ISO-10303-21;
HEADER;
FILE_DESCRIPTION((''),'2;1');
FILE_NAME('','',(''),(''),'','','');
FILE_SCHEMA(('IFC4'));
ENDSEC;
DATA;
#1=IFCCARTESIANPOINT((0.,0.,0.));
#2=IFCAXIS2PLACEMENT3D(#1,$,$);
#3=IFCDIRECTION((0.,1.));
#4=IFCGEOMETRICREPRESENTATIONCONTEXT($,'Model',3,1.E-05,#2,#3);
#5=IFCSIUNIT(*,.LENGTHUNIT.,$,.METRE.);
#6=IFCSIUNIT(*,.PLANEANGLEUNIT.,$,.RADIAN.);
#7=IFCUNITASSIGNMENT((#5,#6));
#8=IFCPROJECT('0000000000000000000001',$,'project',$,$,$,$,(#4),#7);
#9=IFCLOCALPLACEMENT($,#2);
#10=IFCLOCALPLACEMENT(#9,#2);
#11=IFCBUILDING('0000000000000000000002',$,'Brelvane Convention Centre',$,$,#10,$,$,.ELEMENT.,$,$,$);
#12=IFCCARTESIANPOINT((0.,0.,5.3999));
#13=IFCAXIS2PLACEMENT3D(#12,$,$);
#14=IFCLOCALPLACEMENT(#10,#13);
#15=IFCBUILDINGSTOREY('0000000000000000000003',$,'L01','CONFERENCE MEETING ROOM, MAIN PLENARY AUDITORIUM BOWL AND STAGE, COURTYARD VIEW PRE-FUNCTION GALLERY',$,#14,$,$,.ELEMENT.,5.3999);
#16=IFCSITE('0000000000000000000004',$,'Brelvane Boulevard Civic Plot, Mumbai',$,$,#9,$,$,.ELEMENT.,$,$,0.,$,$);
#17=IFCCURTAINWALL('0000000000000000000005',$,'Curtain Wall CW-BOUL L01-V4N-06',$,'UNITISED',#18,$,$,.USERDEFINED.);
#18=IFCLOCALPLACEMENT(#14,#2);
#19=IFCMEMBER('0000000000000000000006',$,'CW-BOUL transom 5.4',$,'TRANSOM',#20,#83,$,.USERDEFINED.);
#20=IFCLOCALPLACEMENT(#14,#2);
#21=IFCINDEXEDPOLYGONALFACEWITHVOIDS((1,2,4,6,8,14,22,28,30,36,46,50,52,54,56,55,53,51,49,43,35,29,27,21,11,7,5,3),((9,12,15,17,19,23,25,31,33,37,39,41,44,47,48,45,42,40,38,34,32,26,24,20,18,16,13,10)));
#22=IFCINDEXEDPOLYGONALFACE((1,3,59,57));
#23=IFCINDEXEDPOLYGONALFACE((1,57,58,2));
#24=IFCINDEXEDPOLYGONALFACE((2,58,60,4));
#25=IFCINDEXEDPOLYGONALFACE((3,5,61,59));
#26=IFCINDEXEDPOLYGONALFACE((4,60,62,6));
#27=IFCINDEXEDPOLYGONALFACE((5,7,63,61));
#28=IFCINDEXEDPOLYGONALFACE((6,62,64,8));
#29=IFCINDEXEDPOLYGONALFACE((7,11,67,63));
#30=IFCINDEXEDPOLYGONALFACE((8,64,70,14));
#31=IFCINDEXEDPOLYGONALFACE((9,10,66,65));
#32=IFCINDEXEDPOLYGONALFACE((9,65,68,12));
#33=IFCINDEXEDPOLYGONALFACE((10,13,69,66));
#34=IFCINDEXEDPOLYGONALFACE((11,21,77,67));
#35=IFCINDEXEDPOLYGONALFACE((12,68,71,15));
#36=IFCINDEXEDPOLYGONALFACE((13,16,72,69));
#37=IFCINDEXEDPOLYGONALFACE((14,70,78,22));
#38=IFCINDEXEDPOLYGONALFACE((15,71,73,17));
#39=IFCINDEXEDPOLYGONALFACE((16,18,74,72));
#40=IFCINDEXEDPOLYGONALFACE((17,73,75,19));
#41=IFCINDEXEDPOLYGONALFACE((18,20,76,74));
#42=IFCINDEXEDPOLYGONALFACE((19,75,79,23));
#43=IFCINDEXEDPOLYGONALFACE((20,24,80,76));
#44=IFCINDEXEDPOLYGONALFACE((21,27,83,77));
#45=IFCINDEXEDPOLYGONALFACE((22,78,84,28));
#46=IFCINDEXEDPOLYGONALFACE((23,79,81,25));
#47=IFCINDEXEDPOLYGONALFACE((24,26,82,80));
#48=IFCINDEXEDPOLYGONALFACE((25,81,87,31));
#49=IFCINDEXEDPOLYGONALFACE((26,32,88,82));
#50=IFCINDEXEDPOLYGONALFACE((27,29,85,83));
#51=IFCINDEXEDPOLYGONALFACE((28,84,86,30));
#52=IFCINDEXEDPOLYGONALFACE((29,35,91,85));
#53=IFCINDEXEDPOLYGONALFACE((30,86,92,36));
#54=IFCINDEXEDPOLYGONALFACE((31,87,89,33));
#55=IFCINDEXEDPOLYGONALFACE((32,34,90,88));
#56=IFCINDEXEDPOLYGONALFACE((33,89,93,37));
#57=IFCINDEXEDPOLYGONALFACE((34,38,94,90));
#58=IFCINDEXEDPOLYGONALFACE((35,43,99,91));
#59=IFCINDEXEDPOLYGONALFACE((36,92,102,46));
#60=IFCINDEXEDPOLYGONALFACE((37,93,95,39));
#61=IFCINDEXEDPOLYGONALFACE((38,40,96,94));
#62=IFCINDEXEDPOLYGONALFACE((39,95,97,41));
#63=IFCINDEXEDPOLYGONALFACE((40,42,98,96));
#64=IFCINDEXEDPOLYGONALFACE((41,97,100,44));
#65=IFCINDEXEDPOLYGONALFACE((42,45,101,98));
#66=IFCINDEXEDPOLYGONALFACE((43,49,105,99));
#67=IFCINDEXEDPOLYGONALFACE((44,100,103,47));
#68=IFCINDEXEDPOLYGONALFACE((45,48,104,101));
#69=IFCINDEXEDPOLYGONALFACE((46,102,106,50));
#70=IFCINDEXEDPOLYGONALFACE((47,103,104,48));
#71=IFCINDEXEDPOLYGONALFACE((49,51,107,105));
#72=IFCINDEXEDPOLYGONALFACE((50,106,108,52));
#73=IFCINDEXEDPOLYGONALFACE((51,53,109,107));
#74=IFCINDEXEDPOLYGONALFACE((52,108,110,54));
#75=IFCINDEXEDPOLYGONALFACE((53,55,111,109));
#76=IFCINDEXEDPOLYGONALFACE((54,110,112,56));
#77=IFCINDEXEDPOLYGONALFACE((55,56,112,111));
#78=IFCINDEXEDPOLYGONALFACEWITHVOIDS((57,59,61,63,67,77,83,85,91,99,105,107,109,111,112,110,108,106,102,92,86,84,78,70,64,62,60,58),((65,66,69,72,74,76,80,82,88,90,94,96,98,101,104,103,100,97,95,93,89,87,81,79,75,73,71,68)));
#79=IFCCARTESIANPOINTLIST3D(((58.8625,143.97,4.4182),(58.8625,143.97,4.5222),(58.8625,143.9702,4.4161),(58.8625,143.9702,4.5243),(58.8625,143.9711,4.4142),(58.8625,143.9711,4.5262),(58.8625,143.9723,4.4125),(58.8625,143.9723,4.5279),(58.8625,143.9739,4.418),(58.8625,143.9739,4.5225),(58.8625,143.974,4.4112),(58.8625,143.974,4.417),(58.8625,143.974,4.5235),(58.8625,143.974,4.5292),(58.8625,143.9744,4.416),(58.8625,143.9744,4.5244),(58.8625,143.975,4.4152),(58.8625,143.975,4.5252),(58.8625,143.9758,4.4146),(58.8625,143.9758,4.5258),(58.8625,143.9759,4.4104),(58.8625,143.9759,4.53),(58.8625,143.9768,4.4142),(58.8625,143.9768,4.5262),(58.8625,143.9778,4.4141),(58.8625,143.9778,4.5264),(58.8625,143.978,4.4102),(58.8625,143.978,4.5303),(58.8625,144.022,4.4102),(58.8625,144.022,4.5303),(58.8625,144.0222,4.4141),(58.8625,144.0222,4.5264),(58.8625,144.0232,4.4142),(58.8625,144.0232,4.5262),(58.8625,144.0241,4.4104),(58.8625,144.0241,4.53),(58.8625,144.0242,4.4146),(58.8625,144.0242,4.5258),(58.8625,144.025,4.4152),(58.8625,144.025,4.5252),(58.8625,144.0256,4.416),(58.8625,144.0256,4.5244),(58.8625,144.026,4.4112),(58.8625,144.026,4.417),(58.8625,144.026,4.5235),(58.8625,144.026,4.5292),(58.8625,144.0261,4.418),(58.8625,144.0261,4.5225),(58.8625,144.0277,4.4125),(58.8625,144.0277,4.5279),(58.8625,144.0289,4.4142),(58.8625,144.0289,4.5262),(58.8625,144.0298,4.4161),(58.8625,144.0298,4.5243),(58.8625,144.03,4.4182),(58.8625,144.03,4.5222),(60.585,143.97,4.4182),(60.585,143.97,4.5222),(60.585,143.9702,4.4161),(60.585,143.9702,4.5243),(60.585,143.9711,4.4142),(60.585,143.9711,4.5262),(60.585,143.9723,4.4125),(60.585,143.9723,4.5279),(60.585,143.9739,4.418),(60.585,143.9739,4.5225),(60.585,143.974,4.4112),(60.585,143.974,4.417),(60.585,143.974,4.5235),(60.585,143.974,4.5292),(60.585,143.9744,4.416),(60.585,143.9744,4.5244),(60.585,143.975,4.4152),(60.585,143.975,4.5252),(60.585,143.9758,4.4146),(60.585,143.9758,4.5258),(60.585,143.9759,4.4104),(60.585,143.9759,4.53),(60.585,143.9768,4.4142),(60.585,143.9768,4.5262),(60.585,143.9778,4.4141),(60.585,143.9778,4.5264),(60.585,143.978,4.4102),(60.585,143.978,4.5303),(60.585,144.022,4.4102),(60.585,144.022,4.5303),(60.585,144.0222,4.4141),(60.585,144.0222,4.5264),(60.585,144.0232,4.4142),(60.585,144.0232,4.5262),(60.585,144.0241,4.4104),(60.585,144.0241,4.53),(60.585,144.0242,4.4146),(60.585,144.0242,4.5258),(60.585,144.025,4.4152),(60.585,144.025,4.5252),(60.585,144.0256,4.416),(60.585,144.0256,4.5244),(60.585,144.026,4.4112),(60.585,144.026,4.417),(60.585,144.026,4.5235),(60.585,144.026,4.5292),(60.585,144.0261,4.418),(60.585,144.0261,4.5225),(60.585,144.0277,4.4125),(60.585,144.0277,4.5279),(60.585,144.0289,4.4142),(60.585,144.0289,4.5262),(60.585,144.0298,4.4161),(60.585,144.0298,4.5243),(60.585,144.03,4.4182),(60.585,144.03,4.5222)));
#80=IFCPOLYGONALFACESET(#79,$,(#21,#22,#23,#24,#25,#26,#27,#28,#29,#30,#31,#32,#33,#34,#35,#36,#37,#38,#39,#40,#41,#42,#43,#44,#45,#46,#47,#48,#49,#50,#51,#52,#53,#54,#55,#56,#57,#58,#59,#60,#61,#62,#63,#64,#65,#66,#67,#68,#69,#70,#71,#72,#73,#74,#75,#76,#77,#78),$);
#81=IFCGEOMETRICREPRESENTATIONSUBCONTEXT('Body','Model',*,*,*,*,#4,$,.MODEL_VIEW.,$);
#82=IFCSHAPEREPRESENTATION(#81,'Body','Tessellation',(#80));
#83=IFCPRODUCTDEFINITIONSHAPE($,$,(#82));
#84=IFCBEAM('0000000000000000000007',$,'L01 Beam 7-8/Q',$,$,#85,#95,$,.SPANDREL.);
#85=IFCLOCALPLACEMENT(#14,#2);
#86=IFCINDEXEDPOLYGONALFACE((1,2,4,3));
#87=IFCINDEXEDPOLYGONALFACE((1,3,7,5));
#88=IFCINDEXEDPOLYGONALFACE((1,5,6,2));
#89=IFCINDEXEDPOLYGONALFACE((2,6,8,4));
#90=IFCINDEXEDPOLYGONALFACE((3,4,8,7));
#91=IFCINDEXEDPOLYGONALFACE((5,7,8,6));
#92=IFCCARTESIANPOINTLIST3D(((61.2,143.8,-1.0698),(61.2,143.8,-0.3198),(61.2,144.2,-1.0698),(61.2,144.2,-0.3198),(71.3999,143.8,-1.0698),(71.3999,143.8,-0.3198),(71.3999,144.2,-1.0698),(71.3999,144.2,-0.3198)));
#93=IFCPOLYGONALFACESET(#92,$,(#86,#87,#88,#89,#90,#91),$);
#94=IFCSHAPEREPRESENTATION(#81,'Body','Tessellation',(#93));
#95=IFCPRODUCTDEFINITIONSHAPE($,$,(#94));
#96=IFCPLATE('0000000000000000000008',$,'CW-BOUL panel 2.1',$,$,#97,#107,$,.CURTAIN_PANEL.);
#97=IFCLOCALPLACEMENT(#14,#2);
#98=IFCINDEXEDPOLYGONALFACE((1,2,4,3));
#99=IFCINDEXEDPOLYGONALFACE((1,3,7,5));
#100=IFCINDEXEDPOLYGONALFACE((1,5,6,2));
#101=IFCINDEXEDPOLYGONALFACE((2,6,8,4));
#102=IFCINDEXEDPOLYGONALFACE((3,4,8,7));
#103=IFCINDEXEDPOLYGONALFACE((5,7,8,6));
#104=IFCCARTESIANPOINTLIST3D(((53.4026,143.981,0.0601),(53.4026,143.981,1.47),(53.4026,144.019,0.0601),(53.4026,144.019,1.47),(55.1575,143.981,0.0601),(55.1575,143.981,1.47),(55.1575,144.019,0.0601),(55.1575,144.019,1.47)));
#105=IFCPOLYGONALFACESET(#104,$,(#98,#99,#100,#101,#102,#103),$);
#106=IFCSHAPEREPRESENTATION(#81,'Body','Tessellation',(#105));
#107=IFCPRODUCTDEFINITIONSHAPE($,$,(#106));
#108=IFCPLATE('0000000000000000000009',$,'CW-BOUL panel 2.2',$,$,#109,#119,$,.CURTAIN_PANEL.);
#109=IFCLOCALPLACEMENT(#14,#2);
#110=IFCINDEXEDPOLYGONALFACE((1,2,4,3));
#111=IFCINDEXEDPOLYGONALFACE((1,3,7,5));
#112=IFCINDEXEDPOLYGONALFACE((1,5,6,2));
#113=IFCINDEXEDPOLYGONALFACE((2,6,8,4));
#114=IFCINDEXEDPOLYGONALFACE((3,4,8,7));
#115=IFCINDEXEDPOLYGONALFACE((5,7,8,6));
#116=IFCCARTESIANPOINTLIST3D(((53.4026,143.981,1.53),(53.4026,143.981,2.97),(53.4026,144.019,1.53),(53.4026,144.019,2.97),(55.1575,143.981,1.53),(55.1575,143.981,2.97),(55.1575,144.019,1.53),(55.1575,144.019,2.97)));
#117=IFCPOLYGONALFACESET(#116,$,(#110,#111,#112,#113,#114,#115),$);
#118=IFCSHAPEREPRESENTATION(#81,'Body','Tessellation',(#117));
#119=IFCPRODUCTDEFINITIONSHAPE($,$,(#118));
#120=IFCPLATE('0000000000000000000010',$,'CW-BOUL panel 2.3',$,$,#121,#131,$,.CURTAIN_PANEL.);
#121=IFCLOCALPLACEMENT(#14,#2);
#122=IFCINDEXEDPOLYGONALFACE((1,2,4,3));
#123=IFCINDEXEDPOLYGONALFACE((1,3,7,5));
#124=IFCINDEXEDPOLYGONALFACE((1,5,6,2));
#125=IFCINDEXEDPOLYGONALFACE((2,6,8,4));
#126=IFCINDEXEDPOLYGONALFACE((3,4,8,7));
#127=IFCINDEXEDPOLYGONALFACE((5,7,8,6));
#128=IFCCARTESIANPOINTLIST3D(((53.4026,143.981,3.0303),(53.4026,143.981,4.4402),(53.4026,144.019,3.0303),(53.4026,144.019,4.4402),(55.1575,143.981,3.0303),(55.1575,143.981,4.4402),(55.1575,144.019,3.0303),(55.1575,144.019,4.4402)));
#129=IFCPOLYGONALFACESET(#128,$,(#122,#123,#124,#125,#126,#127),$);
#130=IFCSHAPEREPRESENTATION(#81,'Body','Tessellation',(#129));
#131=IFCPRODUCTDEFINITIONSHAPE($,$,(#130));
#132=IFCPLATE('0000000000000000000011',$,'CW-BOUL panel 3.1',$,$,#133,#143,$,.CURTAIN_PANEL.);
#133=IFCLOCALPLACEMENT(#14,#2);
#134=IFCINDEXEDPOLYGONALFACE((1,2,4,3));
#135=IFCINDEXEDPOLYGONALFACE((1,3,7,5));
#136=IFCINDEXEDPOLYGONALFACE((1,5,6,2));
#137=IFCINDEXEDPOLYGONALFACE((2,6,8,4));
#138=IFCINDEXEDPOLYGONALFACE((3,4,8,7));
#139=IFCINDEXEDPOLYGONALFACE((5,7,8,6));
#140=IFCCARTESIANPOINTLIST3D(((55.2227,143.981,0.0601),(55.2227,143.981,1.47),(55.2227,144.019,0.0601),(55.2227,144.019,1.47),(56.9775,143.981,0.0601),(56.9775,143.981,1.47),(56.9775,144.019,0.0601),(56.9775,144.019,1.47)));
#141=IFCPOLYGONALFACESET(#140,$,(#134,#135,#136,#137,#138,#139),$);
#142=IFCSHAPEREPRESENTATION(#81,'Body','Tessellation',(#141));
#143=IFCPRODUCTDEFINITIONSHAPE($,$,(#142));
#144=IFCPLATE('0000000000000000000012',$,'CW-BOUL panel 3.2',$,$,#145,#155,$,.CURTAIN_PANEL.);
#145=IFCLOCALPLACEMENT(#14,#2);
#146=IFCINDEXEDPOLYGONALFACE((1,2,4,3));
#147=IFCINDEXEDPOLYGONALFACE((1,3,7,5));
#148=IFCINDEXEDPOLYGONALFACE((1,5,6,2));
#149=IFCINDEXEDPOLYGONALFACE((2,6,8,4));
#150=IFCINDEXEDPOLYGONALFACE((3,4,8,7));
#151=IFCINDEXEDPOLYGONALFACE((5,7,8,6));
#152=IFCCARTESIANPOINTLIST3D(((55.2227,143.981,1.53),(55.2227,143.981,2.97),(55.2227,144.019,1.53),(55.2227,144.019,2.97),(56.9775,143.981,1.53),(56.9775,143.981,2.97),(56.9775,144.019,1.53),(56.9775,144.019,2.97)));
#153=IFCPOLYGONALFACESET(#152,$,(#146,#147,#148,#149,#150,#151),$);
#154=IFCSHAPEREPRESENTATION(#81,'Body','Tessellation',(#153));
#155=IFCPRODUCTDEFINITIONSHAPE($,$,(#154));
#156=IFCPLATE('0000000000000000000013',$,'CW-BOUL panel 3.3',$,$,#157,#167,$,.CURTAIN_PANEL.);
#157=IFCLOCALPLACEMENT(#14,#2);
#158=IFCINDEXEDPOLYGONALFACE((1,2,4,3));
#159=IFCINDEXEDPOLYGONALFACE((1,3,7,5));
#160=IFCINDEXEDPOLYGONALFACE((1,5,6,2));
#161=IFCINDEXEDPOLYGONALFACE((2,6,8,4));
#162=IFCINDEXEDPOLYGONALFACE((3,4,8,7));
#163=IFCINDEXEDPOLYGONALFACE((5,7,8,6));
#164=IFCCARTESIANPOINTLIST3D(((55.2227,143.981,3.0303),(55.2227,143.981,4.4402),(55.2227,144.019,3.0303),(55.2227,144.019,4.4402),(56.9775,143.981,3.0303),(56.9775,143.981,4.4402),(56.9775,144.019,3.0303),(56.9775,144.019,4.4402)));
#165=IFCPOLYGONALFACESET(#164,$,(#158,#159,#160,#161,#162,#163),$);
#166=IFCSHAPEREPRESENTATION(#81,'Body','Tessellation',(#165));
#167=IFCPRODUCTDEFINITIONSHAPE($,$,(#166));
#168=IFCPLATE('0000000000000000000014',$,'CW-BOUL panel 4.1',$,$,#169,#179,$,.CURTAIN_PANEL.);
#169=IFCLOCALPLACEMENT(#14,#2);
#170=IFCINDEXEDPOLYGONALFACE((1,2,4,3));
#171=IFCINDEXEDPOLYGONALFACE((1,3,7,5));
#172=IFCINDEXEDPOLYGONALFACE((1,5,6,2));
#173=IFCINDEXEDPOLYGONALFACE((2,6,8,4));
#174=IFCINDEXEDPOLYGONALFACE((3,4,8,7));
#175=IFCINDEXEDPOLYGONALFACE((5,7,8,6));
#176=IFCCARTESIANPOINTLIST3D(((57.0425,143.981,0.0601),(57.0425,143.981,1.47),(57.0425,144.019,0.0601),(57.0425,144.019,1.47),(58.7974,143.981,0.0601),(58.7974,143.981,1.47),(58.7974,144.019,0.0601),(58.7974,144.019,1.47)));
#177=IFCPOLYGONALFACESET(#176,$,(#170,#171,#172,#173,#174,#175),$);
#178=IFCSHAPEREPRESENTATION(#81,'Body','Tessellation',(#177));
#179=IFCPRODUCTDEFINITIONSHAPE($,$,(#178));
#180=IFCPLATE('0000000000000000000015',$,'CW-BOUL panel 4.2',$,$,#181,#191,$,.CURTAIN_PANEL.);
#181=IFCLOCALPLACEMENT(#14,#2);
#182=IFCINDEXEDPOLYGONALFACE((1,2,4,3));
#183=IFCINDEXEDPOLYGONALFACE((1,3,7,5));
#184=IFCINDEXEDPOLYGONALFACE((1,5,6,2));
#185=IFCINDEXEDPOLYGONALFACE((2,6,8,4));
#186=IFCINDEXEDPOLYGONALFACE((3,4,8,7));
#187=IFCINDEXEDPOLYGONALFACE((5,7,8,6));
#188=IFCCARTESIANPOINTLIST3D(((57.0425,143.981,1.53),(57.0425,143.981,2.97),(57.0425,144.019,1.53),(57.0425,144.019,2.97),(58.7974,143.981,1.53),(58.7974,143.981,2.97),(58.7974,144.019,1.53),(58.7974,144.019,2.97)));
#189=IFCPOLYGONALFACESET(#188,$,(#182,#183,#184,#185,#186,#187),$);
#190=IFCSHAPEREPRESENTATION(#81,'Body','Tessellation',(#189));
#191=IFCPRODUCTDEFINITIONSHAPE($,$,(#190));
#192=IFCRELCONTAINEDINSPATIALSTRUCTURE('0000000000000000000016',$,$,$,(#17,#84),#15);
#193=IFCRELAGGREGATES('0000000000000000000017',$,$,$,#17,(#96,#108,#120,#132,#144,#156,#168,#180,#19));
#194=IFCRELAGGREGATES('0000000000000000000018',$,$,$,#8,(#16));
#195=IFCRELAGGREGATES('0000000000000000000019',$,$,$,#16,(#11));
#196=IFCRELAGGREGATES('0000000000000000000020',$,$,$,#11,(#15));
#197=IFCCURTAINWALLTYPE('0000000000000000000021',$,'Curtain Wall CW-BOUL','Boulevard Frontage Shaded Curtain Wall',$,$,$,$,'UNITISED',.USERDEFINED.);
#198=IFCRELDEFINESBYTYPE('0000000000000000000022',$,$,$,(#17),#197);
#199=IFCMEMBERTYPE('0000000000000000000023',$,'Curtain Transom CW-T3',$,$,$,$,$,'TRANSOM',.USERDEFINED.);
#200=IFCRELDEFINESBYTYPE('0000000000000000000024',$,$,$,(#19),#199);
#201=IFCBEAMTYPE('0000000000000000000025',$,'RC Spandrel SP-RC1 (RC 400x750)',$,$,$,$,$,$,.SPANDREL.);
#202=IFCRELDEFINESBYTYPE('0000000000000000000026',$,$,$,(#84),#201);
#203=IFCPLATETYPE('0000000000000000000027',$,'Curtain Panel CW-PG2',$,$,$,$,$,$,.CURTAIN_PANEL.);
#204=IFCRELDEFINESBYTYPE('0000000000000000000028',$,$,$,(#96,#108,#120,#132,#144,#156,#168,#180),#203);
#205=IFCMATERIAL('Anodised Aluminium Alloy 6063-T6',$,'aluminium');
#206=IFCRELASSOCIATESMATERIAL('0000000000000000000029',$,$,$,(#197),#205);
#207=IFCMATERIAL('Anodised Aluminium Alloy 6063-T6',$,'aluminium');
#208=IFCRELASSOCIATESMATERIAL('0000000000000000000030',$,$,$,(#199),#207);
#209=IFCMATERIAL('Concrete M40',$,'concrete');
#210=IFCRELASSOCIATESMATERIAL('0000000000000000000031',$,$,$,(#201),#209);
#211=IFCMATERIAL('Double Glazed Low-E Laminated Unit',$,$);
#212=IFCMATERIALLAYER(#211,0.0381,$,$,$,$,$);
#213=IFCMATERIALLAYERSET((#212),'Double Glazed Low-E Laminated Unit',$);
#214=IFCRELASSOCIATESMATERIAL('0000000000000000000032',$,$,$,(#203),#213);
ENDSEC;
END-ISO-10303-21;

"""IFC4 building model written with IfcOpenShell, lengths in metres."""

from ifc_helpers import new_model, si_unit, direction, frame, origin, origin_2d, place, context, subcontext, project, spatial, rectangle, hollow_rectangle, extrude, material, layer, layer_set, material_profile, profile_set, type_object, element, aggregate, save


model = new_model("IFC4")

# Units and contexts
model_context = context("Model", 3, precision=1e-05, world=origin(), true_north=direction((0.0, 1.0)))
body_context = subcontext(model_context, "Body", "Model", "MODEL_VIEW")
ifc_project = project(units=[si_unit("LENGTHUNIT", "METRE"), si_unit("PLANEANGLEUNIT", "RADIAN")], contexts=[model_context])

# Site, building, storey
site_placement = place(None, origin())
site = spatial("IfcSite", under=ifc_project, at=site_placement, Name="Brelvane Boulevard Civic Plot, Mumbai", CompositionType="ELEMENT", RefElevation=0.0)
building_placement = place(site_placement, origin())
building = spatial("IfcBuilding", under=site, at=building_placement, Name="Brelvane Convention Centre", CompositionType="ELEMENT")
storey_placement = place(building_placement, frame((0.0, 0.0, 5.3999)))
storey = spatial("IfcBuildingStorey", under=building, at=storey_placement, Name="L01", Description="CONFERENCE MEETING ROOM, MAIN PLENARY AUDITORIUM BOWL AND STAGE, COURTYARD VIEW PRE-FUNCTION GALLERY", CompositionType="ELEMENT", Elevation=5.3999)

# Curtain wall, member
ifc_material_1 = material(Name="Anodised Aluminium Alloy 6063-T6", Category="aluminium")
curtain_wall_type = type_object("IfcCurtainWallType", Name="Curtain Wall CW-BOUL", Description="Boulevard Frontage Shaded Curtain Wall", ElementType="UNITISED", PredefinedType="USERDEFINED", material=ifc_material_1)
curtain_wall_placement = place(storey_placement, origin())
curtain_wall = element("IfcCurtainWall", 1, at=curtain_wall_placement, inside=storey, type_object=curtain_wall_type, Name="Curtain Wall CW-BOUL L01-V4N-06", ObjectType="UNITISED", PredefinedType="USERDEFINED")
ifc_material_2 = material(Name="Anodised Aluminium Alloy 6063-T6", Category="aluminium")
ifc_material_profile_1 = material_profile(ifc_material_2, hollow_rectangle(XDim=0.0601, YDim=0.1201, WallThickness=0.0039, InnerFilletRadius=0.0039, OuterFilletRadius=0.0081, at=origin_2d()), Name="ALU-T 120x60x4.0")
ifc_profile_set_1 = profile_set([ifc_material_profile_1], Name="Anodised Aluminium Alloy 6063-T6")
member_type_1 = type_object("IfcMemberType", Name="Curtain Transom CW-T3", ElementType="TRANSOM", PredefinedType="USERDEFINED", material=ifc_profile_set_1)
member_1_placement = place(storey_placement, frame((58.8625, 144.0, 4.4702), z_axis=(1.0, 0.0, 0.0), x_axis=(0.0, 1.0, 0.0)))
member_1 = element("IfcMember", 2, at=member_1_placement, type_object=member_type_1, Name="CW-BOUL transom 5.4", ObjectType="TRANSOM", PredefinedType="USERDEFINED", context=body_context, shape_type="SweptSolid", body=[
    extrude(hollow_rectangle(XDim=0.0601, YDim=0.1201, WallThickness=0.0039, InnerFilletRadius=0.0039, OuterFilletRadius=0.0081, at=origin_2d()), origin(), (0.0, 0.0, 1.0), 1.7224),
])

# Beam
ifc_material_3 = material(Name="Concrete M40", Category="concrete")
ifc_material_profile_2 = material_profile(ifc_material_3, rectangle(XDim=0.3999, YDim=0.75, at=origin_2d()), Name="RC 400x750")
ifc_profile_set_2 = profile_set([ifc_material_profile_2], Name="Concrete M40")
beam_type = type_object("IfcBeamType", Name="RC Spandrel SP-RC1 (RC 400x750)", PredefinedType="SPANDREL", material=ifc_profile_set_2)
beam_placement = place(storey_placement, frame((61.2, 144.0, -0.6948), z_axis=(1.0, 0.0, 0.0), x_axis=(0.0, 1.0, 0.0)))
element("IfcBeam", 3, at=beam_placement, inside=storey, type_object=beam_type, Name="L01 Beam 7-8/Q", PredefinedType="SPANDREL", context=body_context, shape_type="SweptSolid", body=[
    extrude(rectangle(XDim=0.3999, YDim=0.75, at=origin_2d()), origin(), (0.0, 0.0, 1.0), 10.2),
])

# Plates
ifc_material_4 = material(Name="Double Glazed Low-E Laminated Unit")
ifc_layer_1 = layer(ifc_material_4, 0.0381)
ifc_layer_set_1 = layer_set([ifc_layer_1], Name="Double Glazed Low-E Laminated Unit")
plate_type_1 = type_object("IfcPlateType", Name="Curtain Panel CW-PG2", PredefinedType="CURTAIN_PANEL", material=ifc_layer_set_1)
plate_1_placement = place(storey_placement, frame((54.28, 144.0, 0.0601), z_axis=(0.0, 0.0, 1.0), x_axis=(1.0, 0.0, 0.0)))
plate_1 = element("IfcPlate", 4, at=plate_1_placement, type_object=plate_type_1, Name="CW-BOUL panel 2.1", PredefinedType="CURTAIN_PANEL", context=body_context, shape_type="SweptSolid", body=[
    extrude(rectangle(XDim=1.7549, YDim=0.0381, at=origin_2d()), origin(), (0.0, 0.0, 1.0), 1.4099),
])
plate_2_placement = place(storey_placement, frame((54.28, 144.0, 1.53), z_axis=(0.0, 0.0, 1.0), x_axis=(1.0, 0.0, 0.0)))
plate_2 = element("IfcPlate", 5, at=plate_2_placement, type_object=plate_type_1, Name="CW-BOUL panel 2.2", PredefinedType="CURTAIN_PANEL", context=body_context, shape_type="SweptSolid", body=[
    extrude(rectangle(XDim=1.7549, YDim=0.0381, at=origin_2d()), origin(), (0.0, 0.0, 1.0), 1.4399),
])
plate_3_placement = place(storey_placement, frame((54.28, 144.0, 3.0303), z_axis=(0.0, 0.0, 1.0), x_axis=(1.0, 0.0, 0.0)))
plate_3 = element("IfcPlate", 6, at=plate_3_placement, type_object=plate_type_1, Name="CW-BOUL panel 2.3", PredefinedType="CURTAIN_PANEL", context=body_context, shape_type="SweptSolid", body=[
    extrude(rectangle(XDim=1.7549, YDim=0.0381, at=origin_2d()), origin(), (0.0, 0.0, 1.0), 1.4099),
])
plate_4_placement = place(storey_placement, frame((56.1001, 144.0, 0.0601), z_axis=(0.0, 0.0, 1.0), x_axis=(1.0, 0.0, 0.0)))
plate_4 = element("IfcPlate", 7, at=plate_4_placement, type_object=plate_type_1, Name="CW-BOUL panel 3.1", PredefinedType="CURTAIN_PANEL", context=body_context, shape_type="SweptSolid", body=[
    extrude(rectangle(XDim=1.7549, YDim=0.0381, at=origin_2d()), origin(), (0.0, 0.0, 1.0), 1.4099),
])
plate_5_placement = place(storey_placement, frame((56.1001, 144.0, 1.53), z_axis=(0.0, 0.0, 1.0), x_axis=(1.0, 0.0, 0.0)))
plate_5 = element("IfcPlate", 8, at=plate_5_placement, type_object=plate_type_1, Name="CW-BOUL panel 3.2", PredefinedType="CURTAIN_PANEL", context=body_context, shape_type="SweptSolid", body=[
    extrude(rectangle(XDim=1.7549, YDim=0.0381, at=origin_2d()), origin(), (0.0, 0.0, 1.0), 1.4399),
])
plate_6_placement = place(storey_placement, frame((56.1001, 144.0, 3.0303), z_axis=(0.0, 0.0, 1.0), x_axis=(1.0, 0.0, 0.0)))
plate_6 = element("IfcPlate", 9, at=plate_6_placement, type_object=plate_type_1, Name="CW-BOUL panel 3.3", PredefinedType="CURTAIN_PANEL", context=body_context, shape_type="SweptSolid", body=[
    extrude(rectangle(XDim=1.7549, YDim=0.0381, at=origin_2d()), origin(), (0.0, 0.0, 1.0), 1.4099),
])
plate_7_placement = place(storey_placement, frame((57.9199, 144.0, 0.0601), z_axis=(0.0, 0.0, 1.0), x_axis=(1.0, 0.0, 0.0)))
plate_7 = element("IfcPlate", 10, at=plate_7_placement, type_object=plate_type_1, Name="CW-BOUL panel 4.1", PredefinedType="CURTAIN_PANEL", context=body_context, shape_type="SweptSolid", body=[
    extrude(rectangle(XDim=1.7549, YDim=0.0381, at=origin_2d()), origin(), (0.0, 0.0, 1.0), 1.4099),
])
plate_8_placement = place(storey_placement, frame((57.9199, 144.0, 1.53), z_axis=(0.0, 0.0, 1.0), x_axis=(1.0, 0.0, 0.0)))
plate_8 = element("IfcPlate", 11, at=plate_8_placement, type_object=plate_type_1, Name="CW-BOUL panel 4.2", PredefinedType="CURTAIN_PANEL", context=body_context, shape_type="SweptSolid", body=[
    extrude(rectangle(XDim=1.7549, YDim=0.0381, at=origin_2d()), origin(), (0.0, 0.0, 1.0), 1.4399),
])
aggregate(curtain_wall, [plate_1, plate_2, plate_3, plate_4, plate_5, plate_6, plate_7, plate_8, member_1])

save(model, "model.ifc")
